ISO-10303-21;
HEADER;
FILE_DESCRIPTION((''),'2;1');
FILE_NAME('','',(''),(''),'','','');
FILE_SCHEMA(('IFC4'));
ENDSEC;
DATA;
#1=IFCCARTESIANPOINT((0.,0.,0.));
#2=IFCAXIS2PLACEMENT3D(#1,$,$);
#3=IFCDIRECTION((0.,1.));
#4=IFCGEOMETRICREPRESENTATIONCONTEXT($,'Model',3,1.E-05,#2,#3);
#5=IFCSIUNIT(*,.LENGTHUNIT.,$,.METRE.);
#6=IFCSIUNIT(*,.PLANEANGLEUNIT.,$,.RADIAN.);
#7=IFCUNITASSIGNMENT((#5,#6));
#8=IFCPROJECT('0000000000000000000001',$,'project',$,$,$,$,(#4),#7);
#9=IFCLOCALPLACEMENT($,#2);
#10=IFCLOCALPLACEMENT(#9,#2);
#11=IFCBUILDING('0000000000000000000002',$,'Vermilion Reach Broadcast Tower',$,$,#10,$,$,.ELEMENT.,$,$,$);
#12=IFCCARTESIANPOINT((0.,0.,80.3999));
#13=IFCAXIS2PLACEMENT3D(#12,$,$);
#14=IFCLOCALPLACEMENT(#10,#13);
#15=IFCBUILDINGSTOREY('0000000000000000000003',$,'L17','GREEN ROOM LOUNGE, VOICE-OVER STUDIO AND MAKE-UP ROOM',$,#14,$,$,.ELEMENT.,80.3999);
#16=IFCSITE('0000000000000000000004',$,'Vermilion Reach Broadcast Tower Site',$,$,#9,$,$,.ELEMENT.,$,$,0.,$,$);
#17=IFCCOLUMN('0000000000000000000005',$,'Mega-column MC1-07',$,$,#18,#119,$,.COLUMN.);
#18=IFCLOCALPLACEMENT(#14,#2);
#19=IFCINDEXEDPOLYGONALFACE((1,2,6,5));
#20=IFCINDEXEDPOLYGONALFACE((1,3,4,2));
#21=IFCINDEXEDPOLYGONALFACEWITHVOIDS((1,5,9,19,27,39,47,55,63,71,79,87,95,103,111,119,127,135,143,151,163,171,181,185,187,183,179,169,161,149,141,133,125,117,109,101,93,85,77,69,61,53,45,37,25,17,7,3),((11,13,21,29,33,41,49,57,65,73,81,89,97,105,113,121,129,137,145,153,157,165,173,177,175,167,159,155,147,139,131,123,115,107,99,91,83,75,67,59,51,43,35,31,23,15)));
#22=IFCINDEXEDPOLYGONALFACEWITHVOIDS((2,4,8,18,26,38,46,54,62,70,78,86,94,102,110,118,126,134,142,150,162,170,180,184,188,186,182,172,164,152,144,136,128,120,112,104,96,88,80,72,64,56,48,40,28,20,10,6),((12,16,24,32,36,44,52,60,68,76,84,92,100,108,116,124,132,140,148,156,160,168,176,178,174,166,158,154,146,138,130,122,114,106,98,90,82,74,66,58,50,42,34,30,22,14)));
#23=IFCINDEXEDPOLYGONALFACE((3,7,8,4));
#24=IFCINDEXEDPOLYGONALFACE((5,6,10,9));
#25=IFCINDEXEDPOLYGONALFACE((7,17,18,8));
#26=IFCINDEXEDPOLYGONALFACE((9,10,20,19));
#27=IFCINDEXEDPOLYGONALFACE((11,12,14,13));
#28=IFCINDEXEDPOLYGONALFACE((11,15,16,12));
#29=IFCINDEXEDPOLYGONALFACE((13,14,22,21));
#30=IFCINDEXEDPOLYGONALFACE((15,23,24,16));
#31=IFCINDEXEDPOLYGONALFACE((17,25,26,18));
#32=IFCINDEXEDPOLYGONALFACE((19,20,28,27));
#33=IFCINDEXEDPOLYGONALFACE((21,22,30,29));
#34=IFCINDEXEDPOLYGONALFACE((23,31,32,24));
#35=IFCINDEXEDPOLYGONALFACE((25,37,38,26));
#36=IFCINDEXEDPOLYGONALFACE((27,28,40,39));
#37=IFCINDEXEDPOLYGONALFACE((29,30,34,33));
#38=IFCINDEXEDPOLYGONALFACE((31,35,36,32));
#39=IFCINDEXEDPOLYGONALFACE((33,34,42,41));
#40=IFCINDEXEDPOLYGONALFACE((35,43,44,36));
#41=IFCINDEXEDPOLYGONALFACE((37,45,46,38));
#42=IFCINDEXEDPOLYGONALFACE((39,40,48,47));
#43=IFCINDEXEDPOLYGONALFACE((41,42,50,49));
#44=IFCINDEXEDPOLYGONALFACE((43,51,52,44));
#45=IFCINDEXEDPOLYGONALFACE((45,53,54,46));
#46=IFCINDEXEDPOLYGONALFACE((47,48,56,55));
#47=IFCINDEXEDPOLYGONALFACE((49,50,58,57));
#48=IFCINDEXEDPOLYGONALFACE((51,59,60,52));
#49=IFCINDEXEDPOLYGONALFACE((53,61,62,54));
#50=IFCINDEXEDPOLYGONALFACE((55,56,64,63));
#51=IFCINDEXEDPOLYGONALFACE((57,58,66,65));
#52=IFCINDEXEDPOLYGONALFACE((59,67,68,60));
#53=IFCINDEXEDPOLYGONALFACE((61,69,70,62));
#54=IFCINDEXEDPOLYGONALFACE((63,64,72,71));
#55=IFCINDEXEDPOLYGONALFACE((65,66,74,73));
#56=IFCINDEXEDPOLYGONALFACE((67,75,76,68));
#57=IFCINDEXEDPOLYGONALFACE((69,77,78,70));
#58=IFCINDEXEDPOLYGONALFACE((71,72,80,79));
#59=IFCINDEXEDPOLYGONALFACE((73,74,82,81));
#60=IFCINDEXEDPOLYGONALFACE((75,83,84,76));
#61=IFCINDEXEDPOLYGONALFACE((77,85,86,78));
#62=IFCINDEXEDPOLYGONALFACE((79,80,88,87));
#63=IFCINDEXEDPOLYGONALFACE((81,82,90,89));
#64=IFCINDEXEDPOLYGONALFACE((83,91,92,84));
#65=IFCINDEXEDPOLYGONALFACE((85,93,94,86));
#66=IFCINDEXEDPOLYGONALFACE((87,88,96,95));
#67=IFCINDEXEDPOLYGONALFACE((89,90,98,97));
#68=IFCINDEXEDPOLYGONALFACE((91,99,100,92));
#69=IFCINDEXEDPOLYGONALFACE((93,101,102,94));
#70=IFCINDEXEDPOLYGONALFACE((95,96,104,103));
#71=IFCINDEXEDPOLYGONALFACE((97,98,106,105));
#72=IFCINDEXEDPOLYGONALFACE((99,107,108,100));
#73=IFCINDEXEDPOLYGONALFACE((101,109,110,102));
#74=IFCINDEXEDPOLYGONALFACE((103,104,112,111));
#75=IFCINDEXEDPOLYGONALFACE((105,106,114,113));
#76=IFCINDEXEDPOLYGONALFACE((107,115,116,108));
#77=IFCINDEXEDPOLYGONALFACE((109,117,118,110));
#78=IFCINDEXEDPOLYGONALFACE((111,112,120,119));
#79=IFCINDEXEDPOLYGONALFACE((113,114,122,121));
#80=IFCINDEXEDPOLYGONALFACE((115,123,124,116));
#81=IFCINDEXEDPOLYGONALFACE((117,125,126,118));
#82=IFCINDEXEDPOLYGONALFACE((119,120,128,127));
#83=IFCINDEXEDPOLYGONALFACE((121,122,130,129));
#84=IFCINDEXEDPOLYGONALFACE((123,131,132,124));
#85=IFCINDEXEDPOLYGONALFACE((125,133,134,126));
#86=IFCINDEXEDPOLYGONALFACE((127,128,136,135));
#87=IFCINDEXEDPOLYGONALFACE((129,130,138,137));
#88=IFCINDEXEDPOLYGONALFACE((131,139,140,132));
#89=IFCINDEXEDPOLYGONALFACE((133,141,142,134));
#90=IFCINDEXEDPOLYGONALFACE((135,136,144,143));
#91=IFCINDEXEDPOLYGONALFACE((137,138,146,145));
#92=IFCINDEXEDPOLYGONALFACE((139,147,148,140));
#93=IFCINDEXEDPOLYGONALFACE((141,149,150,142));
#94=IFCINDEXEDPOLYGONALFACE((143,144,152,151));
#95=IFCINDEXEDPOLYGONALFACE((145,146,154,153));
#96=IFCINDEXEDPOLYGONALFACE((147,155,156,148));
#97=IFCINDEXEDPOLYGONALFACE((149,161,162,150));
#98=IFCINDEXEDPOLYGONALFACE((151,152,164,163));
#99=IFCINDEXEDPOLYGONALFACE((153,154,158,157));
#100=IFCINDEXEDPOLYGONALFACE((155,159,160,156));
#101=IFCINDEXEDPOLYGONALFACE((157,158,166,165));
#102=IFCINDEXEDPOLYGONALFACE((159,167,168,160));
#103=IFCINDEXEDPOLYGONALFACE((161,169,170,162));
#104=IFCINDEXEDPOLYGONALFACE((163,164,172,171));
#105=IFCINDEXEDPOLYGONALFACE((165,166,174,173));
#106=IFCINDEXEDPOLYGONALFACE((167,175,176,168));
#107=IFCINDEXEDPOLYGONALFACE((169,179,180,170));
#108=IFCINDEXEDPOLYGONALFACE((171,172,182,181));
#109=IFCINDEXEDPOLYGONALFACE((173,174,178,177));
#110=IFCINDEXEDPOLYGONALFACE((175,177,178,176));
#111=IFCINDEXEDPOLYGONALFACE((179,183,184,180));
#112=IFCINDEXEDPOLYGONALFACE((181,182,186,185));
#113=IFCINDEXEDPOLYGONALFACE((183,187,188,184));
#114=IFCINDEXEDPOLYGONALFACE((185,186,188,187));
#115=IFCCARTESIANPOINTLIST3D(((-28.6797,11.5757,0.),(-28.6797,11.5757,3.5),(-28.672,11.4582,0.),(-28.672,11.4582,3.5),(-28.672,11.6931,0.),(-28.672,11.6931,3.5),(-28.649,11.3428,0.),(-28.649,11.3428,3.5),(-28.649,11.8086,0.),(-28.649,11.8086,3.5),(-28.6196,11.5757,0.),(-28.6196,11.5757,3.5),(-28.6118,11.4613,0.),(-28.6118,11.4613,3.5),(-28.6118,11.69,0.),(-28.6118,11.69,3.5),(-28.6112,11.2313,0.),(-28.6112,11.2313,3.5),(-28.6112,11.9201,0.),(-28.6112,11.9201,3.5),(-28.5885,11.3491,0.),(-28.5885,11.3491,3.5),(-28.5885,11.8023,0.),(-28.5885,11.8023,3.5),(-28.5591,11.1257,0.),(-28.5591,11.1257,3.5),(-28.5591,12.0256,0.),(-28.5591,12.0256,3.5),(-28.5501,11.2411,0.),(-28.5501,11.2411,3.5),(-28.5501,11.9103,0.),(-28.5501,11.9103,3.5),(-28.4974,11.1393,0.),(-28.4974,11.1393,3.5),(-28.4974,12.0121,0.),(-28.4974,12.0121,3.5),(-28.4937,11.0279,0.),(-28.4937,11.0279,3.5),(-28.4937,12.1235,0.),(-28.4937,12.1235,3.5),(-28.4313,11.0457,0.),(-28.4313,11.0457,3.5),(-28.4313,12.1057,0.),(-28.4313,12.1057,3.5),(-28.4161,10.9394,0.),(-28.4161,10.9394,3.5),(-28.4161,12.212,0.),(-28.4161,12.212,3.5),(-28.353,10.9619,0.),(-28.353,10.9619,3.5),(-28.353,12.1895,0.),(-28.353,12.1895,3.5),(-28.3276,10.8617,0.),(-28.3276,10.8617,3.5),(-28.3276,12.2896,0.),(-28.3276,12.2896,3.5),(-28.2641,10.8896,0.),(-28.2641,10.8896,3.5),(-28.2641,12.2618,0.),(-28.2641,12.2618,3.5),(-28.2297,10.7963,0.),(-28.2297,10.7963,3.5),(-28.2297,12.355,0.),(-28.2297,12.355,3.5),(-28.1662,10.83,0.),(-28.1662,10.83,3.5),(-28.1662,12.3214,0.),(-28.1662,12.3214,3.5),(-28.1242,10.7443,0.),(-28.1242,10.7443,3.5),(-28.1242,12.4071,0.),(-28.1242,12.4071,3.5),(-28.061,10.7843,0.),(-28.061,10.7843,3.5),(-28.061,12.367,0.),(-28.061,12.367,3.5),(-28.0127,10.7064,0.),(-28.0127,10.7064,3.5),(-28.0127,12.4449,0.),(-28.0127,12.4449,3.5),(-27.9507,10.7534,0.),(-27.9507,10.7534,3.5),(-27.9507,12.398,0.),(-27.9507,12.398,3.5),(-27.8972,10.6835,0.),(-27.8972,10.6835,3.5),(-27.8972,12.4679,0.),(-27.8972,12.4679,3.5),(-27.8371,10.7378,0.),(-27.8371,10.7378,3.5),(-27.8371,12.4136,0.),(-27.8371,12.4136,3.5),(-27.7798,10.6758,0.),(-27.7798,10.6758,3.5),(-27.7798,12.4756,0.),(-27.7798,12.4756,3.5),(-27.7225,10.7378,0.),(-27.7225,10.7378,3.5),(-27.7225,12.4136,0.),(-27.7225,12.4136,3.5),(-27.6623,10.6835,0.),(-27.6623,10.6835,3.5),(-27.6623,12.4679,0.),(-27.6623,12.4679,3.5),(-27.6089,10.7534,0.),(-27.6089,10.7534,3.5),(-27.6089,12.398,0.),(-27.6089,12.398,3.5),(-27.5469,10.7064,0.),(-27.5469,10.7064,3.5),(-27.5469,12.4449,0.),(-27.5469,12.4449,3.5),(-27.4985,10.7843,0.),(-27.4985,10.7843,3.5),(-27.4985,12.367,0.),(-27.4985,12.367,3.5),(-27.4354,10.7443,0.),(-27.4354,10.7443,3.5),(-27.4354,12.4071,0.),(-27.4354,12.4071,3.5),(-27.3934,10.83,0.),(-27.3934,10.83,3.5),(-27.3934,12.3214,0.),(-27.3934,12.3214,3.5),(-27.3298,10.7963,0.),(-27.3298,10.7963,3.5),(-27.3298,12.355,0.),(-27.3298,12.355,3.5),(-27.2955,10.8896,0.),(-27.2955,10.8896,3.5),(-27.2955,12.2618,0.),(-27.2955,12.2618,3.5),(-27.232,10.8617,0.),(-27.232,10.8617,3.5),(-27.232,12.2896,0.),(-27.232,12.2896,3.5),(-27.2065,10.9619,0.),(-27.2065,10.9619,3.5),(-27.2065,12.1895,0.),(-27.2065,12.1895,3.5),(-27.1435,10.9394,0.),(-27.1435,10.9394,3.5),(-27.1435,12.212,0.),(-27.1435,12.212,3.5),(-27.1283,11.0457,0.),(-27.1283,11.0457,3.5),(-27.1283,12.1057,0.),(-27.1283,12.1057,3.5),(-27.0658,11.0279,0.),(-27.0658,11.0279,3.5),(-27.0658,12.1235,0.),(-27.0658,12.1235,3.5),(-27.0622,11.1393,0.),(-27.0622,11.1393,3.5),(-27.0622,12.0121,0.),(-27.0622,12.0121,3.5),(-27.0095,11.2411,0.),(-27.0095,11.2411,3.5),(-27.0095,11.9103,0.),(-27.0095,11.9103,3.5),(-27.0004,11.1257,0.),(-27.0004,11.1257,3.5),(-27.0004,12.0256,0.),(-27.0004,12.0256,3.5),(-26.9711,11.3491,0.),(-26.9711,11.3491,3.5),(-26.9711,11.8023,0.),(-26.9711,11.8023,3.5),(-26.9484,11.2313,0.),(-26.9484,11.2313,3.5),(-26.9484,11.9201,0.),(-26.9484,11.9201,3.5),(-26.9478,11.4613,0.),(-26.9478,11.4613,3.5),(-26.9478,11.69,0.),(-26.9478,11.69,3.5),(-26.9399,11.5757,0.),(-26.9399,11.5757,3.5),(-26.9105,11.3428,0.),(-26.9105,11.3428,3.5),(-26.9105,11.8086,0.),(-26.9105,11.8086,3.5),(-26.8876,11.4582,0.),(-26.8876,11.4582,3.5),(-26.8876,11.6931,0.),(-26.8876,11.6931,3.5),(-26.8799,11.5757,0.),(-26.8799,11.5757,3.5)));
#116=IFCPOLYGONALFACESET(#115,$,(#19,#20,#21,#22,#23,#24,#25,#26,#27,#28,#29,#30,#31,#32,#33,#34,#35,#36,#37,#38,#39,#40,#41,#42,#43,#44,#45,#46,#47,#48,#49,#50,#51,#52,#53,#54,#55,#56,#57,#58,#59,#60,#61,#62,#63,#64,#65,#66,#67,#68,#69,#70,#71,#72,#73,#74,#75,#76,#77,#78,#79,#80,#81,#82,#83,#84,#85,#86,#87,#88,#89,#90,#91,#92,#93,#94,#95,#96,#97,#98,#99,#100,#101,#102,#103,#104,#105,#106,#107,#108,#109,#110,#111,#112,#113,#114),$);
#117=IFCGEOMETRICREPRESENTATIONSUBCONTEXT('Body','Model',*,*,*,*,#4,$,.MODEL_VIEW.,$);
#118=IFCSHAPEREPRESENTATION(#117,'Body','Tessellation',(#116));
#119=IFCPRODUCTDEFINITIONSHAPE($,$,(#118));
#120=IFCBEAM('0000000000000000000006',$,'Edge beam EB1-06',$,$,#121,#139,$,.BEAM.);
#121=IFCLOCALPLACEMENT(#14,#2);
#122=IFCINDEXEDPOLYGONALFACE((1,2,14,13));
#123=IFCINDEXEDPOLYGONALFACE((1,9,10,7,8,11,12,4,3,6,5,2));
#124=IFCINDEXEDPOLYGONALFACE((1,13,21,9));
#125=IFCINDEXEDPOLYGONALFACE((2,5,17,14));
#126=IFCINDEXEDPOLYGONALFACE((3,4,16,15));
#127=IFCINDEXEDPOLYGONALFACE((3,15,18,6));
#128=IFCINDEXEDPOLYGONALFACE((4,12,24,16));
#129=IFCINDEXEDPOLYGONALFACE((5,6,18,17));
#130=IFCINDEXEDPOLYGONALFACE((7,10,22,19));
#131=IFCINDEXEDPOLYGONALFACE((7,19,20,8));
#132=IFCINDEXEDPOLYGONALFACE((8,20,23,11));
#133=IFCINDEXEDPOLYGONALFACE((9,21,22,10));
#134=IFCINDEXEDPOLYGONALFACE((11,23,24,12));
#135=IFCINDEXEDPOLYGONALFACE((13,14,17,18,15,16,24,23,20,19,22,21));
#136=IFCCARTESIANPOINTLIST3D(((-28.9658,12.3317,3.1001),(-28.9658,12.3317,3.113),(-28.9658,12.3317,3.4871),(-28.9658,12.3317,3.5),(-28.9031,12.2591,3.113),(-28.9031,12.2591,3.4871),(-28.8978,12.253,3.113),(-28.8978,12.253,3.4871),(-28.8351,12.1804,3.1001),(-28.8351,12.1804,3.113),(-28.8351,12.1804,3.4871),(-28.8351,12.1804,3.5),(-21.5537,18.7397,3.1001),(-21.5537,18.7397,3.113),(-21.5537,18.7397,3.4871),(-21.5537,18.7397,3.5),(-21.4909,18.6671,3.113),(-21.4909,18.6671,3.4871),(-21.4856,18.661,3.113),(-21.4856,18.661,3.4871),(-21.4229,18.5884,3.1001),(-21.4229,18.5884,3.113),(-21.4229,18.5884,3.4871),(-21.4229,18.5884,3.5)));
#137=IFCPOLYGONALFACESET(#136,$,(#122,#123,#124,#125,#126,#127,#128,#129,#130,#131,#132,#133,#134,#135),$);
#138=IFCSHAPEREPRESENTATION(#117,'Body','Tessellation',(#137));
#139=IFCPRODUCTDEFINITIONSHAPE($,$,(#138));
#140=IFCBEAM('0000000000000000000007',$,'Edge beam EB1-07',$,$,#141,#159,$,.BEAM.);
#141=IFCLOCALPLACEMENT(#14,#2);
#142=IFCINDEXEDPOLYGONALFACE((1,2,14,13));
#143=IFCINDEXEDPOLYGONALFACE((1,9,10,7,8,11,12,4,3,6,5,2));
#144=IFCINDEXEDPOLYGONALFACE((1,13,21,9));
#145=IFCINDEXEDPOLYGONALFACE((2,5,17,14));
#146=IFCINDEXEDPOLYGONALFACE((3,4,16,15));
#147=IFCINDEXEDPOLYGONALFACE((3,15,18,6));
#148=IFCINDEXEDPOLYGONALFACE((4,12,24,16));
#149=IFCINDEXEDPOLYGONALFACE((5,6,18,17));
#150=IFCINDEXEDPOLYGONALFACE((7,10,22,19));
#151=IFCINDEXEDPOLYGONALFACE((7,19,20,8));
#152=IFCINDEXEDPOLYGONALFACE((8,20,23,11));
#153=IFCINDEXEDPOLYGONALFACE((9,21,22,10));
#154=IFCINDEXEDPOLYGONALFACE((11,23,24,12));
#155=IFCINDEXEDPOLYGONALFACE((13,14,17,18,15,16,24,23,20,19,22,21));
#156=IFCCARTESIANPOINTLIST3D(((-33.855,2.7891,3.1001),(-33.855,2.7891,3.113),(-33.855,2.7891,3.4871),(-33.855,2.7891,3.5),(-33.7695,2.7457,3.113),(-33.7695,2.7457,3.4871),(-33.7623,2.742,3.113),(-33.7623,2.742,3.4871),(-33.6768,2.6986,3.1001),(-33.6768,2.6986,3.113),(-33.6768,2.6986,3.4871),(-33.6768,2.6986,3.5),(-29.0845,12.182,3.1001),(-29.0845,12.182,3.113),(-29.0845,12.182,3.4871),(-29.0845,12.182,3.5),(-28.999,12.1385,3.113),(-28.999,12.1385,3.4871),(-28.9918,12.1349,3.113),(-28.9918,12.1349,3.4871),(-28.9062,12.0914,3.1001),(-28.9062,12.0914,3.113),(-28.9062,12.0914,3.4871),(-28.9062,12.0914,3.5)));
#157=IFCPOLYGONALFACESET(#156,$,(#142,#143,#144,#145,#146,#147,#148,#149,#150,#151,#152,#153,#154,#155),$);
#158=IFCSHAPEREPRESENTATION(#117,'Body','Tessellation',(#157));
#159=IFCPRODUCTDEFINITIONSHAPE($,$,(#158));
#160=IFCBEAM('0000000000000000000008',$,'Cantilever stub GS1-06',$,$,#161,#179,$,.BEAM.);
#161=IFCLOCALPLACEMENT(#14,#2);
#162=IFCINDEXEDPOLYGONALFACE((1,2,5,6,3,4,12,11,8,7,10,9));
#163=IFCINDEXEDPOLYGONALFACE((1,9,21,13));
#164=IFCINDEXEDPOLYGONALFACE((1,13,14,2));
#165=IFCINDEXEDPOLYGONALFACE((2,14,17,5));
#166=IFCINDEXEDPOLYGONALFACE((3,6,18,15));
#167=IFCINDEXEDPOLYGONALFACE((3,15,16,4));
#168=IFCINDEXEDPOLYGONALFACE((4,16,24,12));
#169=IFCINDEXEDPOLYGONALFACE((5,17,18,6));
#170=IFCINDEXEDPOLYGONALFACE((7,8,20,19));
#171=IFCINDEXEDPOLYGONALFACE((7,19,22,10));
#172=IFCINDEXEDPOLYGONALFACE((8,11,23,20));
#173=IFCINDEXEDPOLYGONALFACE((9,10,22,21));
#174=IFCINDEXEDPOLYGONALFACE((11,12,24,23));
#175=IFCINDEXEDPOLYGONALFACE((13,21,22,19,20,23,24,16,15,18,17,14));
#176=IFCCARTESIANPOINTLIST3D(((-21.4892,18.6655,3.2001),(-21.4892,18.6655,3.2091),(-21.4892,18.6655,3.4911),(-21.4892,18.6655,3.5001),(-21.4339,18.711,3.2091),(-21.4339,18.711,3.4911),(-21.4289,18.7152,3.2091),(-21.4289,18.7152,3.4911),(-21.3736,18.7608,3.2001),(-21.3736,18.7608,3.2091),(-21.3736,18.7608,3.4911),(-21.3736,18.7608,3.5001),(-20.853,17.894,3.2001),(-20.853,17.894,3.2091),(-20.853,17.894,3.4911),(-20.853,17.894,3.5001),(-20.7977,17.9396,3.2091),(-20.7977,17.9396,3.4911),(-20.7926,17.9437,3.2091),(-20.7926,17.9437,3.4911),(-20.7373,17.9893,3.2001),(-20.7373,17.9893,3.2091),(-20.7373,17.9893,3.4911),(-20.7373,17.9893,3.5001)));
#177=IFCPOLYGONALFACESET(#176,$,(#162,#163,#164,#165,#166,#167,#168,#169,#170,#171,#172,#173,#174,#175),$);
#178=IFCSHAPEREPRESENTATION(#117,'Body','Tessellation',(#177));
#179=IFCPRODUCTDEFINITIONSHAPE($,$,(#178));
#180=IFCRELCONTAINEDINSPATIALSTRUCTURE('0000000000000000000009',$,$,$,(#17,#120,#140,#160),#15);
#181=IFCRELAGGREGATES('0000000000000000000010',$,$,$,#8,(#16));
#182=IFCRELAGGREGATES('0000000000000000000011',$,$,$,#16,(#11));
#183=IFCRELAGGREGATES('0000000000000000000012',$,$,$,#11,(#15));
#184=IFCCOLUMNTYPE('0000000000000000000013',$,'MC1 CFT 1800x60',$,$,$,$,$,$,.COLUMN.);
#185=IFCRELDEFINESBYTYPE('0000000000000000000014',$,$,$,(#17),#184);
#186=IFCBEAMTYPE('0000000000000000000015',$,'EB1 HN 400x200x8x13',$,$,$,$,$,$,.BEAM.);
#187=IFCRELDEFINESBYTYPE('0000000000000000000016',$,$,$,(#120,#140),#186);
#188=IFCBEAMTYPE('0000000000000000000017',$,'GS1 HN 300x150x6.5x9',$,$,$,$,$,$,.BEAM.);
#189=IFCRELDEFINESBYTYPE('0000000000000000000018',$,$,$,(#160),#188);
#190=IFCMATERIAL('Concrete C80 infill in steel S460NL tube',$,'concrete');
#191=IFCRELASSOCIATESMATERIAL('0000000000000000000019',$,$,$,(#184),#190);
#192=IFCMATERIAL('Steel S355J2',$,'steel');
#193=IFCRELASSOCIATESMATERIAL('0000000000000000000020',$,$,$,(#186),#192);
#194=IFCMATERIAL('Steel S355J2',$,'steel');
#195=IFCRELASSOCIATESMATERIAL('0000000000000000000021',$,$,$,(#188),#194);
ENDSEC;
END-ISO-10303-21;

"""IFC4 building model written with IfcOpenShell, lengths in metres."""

from ifc_helpers import new_model, si_unit, direction, frame, origin, origin_2d, place, context, subcontext, project, spatial, hollow_circle, i_section, extrude, material, material_profile, profile_set, type_object, element, save


model = new_model("IFC4")

# Units and contexts
model_context = context("Model", 3, precision=1e-05, world=origin(), true_north=direction((0.0, 1.0)))
body_context = subcontext(model_context, "Body", "Model", "MODEL_VIEW")
ifc_project = project(units=[si_unit("LENGTHUNIT", "METRE"), si_unit("PLANEANGLEUNIT", "RADIAN")], contexts=[model_context])

# Site, building, storey
site_placement = place(None, origin())
site = spatial("IfcSite", under=ifc_project, at=site_placement, Name="Vermilion Reach Broadcast Tower Site", CompositionType="ELEMENT", RefElevation=0.0)
building_placement = place(site_placement, origin())
building = spatial("IfcBuilding", under=site, at=building_placement, Name="Vermilion Reach Broadcast Tower", CompositionType="ELEMENT")
storey_placement = place(building_placement, frame((0.0, 0.0, 80.3999)))
storey = spatial("IfcBuildingStorey", under=building, at=storey_placement, Name="L17", Description="GREEN ROOM LOUNGE, VOICE-OVER STUDIO AND MAKE-UP ROOM", CompositionType="ELEMENT", Elevation=80.3999)

# Column
ifc_material_1 = material(Name="Concrete C80 infill in steel S460NL tube", Category="concrete")
ifc_material_profile_1 = material_profile(ifc_material_1, hollow_circle(Radius=0.8999, WallThickness=0.0601, at=origin_2d()), Name="Concrete C80 infill in steel S460NL tube CFT 1800x60")
ifc_profile_set_1 = profile_set([ifc_material_profile_1], Name="Concrete C80 infill in steel S460NL tube")
column_type = type_object("IfcColumnType", Name="MC1 CFT 1800x60", PredefinedType="COLUMN", material=ifc_profile_set_1)
for number, where, z_axis, x_axis, name in (
    (1, (-27.7798, 11.5757, 0.0), (0.0, 0.0, 1.0), (1.0, 0.0, 0.0), "Mega-column MC1-07"),
):
    element("IfcColumn", number, at=place(storey_placement, frame(where, z_axis=z_axis, x_axis=x_axis)), inside=storey, type_object=column_type, Name=name, PredefinedType="COLUMN", context=body_context, shape_type="SweptSolid", body=[
        extrude(hollow_circle(Radius=0.8999, WallThickness=0.0601, at=origin_2d()), origin(), (0.0, 0.0, 1.0), 3.5),
    ])

# Beams
ifc_material_2 = material(Name="Steel S355J2", Category="steel")
ifc_material_profile_2 = material_profile(ifc_material_2, i_section(OverallWidth=0.2, OverallDepth=0.3999, WebThickness=0.0081, FlangeThickness=0.0129, at=origin_2d()), Name="S355J2 HN 400x200x8x13")
ifc_profile_set_2 = profile_set([ifc_material_profile_2], Name="Steel S355J2")
beam_type_1 = type_object("IfcBeamType", Name="EB1 HN 400x200x8x13", PredefinedType="BEAM", material=ifc_profile_set_2)
beam_1_placement = place(storey_placement, frame((-21.4883, 18.6641, 3.3), z_axis=(-0.75649, -0.654005, 0.0), x_axis=(0.654005, -0.75649, 0.0)))
element("IfcBeam", 2, at=beam_1_placement, inside=storey, type_object=beam_type_1, Name="Edge beam EB1-06", PredefinedType="BEAM", context=body_context, shape_type="SweptSolid", body=[
    extrude(i_section(OverallWidth=0.2, OverallDepth=0.3999, WebThickness=0.0081, FlangeThickness=0.0129, at=origin_2d()), origin(), (0.0, 0.0, 1.0), 9.7981),
])
beam_2_placement = place(storey_placement, frame((-28.9954, 12.1367, 3.3), z_axis=(-0.452832, -0.891596, 0.0), x_axis=(0.891596, -0.452832, 0.0)))
element("IfcBeam", 3, at=beam_2_placement, inside=storey, type_object=beam_type_1, Name="Edge beam EB1-07", PredefinedType="BEAM", context=body_context, shape_type="SweptSolid", body=[
    extrude(i_section(OverallWidth=0.2, OverallDepth=0.3999, WebThickness=0.0081, FlangeThickness=0.0129, at=origin_2d()), origin(), (0.0, 0.0, 1.0), 10.5349),
])
ifc_material_3 = material(Name="Steel S355J2", Category="steel")
ifc_material_profile_3 = material_profile(ifc_material_3, i_section(OverallWidth=0.1499, OverallDepth=0.3, WebThickness=0.0066, FlangeThickness=0.009, at=origin_2d()), Name="S355J2 HN 300x150x6.5x9")
ifc_profile_set_3 = profile_set([ifc_material_profile_3], Name="Steel S355J2")
beam_type_2 = type_object("IfcBeamType", Name="GS1 HN 300x150x6.5x9", PredefinedType="BEAM", material=ifc_profile_set_3)
for number, where, z_axis, x_axis, name in (
    (4, (-20.7952, 17.9417, 3.3501), (-0.636238, 0.771493, 0.0), (-0.771493, -0.636238, 0.0), "Cantilever stub GS1-06"),
):
    element("IfcBeam", number, at=place(storey_placement, frame(where, z_axis=z_axis, x_axis=x_axis)), inside=storey, type_object=beam_type_2, Name=name, PredefinedType="BEAM", context=body_context, shape_type="SweptSolid", body=[
        extrude(i_section(OverallWidth=0.1499, OverallDepth=0.3, WebThickness=0.0066, FlangeThickness=0.009, at=origin_2d()), origin(), (0.0, 0.0, 1.0), 1.0),
    ])

save(model, "model.ifc")
